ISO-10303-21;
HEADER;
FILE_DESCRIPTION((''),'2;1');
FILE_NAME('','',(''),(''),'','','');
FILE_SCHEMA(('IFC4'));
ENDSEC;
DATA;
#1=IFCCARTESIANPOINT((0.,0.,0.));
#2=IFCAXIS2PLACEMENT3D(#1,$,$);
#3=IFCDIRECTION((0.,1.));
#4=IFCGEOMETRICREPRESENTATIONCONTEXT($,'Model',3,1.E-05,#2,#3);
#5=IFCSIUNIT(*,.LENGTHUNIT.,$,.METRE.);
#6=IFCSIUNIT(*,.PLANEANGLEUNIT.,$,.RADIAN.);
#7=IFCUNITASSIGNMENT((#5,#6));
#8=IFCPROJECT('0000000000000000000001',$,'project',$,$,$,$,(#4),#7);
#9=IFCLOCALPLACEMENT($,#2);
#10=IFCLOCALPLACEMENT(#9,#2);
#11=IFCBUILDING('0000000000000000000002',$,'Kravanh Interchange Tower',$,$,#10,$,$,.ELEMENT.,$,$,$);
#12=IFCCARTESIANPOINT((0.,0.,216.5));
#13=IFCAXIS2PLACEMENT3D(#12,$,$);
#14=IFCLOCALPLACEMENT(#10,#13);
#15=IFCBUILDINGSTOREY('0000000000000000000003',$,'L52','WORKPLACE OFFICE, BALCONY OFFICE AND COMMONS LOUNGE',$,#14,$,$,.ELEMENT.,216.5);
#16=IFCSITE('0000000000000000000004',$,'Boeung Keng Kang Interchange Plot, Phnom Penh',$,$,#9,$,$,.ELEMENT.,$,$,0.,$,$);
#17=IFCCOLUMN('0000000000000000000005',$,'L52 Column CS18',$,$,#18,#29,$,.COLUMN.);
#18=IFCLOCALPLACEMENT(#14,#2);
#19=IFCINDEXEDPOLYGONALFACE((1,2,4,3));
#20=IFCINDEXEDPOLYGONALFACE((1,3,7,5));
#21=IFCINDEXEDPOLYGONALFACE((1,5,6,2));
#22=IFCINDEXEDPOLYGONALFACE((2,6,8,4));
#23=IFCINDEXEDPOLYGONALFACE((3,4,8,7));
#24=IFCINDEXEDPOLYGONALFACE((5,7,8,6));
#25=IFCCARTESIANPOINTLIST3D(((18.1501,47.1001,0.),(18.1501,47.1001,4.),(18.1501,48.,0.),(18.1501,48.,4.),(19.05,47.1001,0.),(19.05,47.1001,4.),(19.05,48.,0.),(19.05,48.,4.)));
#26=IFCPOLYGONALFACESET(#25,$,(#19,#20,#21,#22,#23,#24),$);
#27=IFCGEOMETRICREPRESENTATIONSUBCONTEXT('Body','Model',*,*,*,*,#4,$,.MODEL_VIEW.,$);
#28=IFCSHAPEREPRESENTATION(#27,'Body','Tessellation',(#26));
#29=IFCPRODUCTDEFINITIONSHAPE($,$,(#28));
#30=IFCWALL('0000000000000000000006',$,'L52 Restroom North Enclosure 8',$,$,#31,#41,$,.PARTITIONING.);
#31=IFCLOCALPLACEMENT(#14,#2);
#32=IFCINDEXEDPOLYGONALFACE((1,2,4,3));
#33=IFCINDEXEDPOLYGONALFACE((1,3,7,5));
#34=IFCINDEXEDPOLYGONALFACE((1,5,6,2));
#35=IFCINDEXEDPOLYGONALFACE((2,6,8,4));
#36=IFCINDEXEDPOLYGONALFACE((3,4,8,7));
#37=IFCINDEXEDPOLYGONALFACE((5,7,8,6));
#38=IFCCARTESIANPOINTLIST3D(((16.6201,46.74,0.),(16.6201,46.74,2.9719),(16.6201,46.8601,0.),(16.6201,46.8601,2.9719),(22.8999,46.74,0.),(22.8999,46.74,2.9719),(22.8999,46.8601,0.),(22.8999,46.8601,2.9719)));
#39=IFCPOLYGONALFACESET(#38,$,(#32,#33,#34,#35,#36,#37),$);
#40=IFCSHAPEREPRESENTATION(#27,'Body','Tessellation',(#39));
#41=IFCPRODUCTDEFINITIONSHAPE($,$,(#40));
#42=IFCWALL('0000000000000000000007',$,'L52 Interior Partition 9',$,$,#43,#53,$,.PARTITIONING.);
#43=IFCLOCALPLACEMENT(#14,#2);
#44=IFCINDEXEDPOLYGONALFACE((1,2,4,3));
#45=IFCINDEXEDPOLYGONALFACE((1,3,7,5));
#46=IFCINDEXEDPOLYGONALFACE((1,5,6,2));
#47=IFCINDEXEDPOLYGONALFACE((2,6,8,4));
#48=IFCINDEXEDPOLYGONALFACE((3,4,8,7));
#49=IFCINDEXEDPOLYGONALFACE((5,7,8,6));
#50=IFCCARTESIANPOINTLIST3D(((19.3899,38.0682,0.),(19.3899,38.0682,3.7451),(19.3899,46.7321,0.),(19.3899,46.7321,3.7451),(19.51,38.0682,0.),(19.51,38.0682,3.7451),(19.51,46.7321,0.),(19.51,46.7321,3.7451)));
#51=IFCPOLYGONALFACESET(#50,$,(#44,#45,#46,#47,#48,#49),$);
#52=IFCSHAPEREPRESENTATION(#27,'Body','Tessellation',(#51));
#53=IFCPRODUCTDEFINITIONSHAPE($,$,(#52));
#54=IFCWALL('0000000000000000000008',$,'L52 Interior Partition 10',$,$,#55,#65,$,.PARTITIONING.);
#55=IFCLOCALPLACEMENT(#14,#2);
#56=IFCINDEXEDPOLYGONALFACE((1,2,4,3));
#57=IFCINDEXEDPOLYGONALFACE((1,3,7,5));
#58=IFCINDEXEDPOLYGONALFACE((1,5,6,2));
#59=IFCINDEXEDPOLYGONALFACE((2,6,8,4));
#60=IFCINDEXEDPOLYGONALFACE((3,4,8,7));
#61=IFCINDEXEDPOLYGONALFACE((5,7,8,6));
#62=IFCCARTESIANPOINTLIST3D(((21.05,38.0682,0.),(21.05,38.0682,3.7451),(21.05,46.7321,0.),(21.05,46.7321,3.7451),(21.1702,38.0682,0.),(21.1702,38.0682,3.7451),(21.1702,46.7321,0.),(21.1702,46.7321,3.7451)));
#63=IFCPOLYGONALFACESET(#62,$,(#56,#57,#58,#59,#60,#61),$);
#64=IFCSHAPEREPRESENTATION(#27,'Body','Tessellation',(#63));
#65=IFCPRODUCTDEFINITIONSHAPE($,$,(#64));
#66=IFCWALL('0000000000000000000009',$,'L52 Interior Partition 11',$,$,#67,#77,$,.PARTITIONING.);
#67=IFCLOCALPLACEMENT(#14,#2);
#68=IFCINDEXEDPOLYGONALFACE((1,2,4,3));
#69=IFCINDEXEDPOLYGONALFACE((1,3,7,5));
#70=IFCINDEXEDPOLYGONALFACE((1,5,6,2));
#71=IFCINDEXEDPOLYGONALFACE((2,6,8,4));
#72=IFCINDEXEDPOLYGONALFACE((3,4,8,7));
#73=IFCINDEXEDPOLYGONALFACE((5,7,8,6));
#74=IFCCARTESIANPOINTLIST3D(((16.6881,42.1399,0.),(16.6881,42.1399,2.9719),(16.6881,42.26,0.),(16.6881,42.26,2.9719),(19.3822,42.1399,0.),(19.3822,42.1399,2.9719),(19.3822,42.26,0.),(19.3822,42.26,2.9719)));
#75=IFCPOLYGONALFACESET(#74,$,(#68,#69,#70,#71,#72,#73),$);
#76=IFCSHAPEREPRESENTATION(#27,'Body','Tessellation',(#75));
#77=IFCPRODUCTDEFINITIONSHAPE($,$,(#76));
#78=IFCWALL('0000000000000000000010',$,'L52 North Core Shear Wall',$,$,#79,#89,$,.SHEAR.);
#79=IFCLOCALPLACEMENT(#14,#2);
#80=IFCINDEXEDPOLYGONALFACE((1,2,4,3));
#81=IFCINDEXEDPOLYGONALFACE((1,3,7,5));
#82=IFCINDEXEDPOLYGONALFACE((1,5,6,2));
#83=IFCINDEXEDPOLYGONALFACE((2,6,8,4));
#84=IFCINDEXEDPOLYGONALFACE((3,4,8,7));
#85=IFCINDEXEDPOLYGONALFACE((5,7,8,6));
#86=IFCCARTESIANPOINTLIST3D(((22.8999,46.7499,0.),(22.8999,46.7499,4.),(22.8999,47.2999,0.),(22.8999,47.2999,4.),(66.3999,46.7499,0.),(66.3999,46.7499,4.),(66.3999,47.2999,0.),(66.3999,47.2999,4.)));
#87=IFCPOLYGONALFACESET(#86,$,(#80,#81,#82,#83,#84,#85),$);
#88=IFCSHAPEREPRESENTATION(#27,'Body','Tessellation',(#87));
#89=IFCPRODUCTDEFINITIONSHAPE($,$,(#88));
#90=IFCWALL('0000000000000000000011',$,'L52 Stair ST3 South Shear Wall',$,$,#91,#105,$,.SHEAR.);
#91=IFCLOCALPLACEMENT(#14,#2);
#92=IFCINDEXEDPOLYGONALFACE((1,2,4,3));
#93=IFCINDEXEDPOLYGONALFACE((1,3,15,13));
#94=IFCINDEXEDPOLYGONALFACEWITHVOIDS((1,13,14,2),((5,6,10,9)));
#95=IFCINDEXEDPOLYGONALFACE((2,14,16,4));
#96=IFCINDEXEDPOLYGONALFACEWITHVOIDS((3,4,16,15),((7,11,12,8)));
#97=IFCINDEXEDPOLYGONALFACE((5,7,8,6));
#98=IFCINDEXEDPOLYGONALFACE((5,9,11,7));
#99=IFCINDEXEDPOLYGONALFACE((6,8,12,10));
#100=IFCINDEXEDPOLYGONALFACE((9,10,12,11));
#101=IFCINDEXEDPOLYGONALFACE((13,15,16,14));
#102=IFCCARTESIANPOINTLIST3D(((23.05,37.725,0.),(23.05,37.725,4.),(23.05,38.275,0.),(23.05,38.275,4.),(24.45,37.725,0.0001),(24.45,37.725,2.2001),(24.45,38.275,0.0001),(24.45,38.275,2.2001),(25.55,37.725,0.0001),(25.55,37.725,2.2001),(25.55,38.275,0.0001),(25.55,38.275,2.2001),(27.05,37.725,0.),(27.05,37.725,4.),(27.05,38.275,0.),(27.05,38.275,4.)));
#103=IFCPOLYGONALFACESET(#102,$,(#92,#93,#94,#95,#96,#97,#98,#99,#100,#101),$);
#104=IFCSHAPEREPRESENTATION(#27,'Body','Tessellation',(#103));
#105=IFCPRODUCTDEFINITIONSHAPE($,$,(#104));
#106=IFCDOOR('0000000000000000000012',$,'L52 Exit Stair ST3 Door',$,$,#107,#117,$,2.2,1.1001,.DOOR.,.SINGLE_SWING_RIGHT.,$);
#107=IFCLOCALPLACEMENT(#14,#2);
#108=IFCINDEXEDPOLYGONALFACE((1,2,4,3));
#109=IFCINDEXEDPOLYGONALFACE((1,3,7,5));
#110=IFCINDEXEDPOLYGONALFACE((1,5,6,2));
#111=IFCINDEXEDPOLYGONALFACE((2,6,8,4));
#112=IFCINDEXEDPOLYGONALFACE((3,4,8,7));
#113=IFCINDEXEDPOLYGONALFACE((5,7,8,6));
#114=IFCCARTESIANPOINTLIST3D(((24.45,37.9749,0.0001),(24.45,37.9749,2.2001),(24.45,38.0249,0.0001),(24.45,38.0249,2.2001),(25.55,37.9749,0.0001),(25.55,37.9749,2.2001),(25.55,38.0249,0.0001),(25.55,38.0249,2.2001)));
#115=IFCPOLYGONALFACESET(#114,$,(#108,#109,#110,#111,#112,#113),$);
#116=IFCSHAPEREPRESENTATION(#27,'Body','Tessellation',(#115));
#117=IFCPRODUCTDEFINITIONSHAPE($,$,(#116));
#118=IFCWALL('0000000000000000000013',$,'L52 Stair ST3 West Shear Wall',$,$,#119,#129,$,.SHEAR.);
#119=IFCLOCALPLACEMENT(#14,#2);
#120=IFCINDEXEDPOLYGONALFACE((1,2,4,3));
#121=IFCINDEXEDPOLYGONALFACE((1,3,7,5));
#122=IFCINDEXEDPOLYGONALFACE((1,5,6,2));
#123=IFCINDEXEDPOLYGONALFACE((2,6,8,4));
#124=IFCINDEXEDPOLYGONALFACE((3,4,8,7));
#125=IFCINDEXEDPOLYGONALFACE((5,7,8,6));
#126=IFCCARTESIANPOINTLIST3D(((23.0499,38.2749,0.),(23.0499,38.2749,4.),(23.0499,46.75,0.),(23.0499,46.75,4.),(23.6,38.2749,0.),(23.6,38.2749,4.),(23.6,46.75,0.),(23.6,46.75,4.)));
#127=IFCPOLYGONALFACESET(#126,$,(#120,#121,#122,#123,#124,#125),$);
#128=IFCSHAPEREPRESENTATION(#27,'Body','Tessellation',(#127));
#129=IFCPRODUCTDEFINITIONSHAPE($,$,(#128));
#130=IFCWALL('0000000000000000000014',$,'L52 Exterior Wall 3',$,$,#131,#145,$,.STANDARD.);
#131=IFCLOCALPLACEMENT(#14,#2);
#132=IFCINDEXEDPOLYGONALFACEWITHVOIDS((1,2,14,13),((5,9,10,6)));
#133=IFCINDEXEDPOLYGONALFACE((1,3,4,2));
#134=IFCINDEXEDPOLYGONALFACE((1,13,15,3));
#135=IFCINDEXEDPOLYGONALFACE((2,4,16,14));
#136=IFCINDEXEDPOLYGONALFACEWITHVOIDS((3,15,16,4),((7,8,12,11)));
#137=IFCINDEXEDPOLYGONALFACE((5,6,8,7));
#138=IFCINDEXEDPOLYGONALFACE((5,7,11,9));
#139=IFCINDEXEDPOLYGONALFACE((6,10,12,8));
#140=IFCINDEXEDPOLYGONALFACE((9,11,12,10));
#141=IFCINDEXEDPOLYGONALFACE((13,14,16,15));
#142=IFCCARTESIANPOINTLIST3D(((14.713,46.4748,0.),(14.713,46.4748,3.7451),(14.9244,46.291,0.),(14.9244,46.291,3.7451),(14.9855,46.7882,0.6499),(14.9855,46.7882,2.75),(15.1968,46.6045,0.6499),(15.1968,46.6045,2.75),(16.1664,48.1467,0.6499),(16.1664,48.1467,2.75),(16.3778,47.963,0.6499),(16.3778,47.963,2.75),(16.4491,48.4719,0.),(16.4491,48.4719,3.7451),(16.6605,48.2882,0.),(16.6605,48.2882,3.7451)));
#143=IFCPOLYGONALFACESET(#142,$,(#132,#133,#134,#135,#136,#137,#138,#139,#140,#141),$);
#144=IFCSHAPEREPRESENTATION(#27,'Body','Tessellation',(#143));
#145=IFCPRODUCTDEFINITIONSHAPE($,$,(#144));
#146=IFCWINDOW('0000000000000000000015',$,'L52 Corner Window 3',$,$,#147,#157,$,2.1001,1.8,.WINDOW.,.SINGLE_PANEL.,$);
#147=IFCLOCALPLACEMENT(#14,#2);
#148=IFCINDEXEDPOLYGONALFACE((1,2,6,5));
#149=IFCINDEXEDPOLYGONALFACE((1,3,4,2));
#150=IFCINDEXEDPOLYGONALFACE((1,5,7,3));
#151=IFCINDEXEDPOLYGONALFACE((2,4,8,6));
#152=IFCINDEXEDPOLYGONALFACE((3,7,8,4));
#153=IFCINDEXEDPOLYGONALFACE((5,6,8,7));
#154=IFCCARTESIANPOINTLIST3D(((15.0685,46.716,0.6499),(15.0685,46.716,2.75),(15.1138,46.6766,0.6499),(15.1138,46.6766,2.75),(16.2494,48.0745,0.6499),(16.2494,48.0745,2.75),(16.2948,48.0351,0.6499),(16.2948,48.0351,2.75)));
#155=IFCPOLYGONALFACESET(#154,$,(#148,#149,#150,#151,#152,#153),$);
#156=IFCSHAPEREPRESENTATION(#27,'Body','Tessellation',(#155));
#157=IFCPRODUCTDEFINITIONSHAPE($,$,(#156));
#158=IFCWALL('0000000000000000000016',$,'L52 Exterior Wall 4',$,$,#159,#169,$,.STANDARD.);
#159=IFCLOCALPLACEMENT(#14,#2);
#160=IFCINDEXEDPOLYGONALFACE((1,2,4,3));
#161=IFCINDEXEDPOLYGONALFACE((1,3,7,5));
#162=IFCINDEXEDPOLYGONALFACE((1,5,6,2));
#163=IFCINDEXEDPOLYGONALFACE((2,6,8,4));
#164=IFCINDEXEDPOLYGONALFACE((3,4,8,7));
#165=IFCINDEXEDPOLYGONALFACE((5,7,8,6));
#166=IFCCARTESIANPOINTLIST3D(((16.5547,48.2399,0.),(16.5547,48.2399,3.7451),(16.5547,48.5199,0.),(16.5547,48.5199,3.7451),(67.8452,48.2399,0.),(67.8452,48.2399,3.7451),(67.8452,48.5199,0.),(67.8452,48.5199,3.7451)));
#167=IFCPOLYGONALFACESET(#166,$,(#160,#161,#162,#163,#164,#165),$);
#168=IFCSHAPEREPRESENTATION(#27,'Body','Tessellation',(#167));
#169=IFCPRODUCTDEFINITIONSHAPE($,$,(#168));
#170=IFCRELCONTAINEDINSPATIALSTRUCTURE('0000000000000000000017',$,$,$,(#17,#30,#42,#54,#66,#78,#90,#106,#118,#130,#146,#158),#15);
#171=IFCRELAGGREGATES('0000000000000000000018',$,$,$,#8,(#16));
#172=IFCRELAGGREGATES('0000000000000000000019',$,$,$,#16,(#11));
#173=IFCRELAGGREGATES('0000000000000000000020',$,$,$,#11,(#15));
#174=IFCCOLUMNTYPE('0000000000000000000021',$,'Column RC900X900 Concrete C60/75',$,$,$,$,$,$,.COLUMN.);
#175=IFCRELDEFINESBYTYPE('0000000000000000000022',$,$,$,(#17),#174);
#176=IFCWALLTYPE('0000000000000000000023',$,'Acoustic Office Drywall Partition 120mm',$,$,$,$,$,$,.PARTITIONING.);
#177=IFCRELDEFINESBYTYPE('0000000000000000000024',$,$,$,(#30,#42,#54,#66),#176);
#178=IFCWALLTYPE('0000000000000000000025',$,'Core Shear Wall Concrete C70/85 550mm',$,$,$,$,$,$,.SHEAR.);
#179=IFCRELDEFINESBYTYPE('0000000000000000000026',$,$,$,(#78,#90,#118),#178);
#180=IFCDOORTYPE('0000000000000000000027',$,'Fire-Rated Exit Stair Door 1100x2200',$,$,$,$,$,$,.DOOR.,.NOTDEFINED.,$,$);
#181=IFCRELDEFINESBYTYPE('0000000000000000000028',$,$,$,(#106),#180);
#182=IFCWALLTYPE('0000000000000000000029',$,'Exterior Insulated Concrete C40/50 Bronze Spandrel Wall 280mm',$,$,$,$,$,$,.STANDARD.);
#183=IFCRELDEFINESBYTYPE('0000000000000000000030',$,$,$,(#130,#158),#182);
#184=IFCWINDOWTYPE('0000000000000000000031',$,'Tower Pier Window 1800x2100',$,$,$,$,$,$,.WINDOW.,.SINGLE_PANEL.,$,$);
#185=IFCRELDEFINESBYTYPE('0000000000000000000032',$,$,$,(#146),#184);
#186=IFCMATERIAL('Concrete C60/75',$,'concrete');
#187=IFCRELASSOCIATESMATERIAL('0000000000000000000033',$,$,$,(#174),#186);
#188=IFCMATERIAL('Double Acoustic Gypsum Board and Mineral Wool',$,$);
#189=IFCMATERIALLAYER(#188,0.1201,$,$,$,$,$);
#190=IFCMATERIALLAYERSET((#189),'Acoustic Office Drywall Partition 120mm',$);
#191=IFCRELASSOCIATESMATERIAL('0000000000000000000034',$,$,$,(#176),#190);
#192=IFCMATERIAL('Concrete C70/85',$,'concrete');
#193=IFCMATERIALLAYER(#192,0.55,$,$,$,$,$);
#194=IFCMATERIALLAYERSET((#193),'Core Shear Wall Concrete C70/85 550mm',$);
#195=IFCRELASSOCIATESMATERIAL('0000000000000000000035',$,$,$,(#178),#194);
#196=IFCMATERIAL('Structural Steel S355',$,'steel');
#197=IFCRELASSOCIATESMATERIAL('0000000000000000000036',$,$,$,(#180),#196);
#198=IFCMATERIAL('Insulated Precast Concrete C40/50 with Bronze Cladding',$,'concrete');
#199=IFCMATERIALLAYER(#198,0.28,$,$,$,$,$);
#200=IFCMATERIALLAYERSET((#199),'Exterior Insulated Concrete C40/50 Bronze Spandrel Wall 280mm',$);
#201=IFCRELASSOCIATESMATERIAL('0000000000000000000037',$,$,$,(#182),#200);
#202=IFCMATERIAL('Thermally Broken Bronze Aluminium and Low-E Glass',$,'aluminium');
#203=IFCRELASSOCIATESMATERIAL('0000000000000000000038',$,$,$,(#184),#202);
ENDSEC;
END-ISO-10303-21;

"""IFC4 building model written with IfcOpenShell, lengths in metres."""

from ifc_helpers import new_model, si_unit, direction, frame, frame_2d, origin, origin_2d, place, context, subcontext, project, spatial, rectangle, extrude, material, layer, layer_set, material_profile, profile_set, type_object, element, fill, save


model = new_model("IFC4")

# Units and contexts
model_context = context("Model", 3, precision=1e-05, world=origin(), true_north=direction((0.0, 1.0)))
body_context = subcontext(model_context, "Body", "Model", "MODEL_VIEW")
ifc_project = project(units=[si_unit("LENGTHUNIT", "METRE"), si_unit("PLANEANGLEUNIT", "RADIAN")], contexts=[model_context])

# Site, building, storey
site_placement = place(None, origin())
site = spatial("IfcSite", under=ifc_project, at=site_placement, Name="Boeung Keng Kang Interchange Plot, Phnom Penh", CompositionType="ELEMENT", RefElevation=0.0)
building_placement = place(site_placement, origin())
building = spatial("IfcBuilding", under=site, at=building_placement, Name="Kravanh Interchange Tower", CompositionType="ELEMENT")
storey_placement = place(building_placement, frame((0.0, 0.0, 216.5)))
storey = spatial("IfcBuildingStorey", under=building, at=storey_placement, Name="L52", Description="WORKPLACE OFFICE, BALCONY OFFICE AND COMMONS LOUNGE", CompositionType="ELEMENT", Elevation=216.5)

# Column
ifc_material_1 = material(Name="Concrete C60/75", Category="concrete")
ifc_material_profile = material_profile(ifc_material_1, rectangle(XDim=0.8999, YDim=0.8999, at=origin_2d()), Name="RC900X900")
ifc_profile_set = profile_set([ifc_material_profile], Name="Concrete C60/75")
column_type = type_object("IfcColumnType", Name="Column RC900X900 Concrete C60/75", PredefinedType="COLUMN", material=ifc_profile_set)
column_placement = place(storey_placement, frame((18.6001, 47.55, 0.0), z_axis=(0.0, 0.0, 1.0), x_axis=(1.0, 0.0, 0.0)))
element("IfcColumn", 1, at=column_placement, inside=storey, type_object=column_type, Name="L52 Column CS18", PredefinedType="COLUMN", context=body_context, shape_type="SweptSolid", body=[
    extrude(rectangle(XDim=0.8999, YDim=0.8999, at=origin_2d()), origin(), (0.0, 0.0, 1.0), 4.0),
])

# Walls
ifc_material_2 = material(Name="Double Acoustic Gypsum Board and Mineral Wool")
ifc_layer_1 = layer(ifc_material_2, 0.1201)
ifc_layer_set_1 = layer_set([ifc_layer_1], Name="Acoustic Office Drywall Partition 120mm")
wall_type_1 = type_object("IfcWallType", Name="Acoustic Office Drywall Partition 120mm", PredefinedType="PARTITIONING", material=ifc_layer_set_1)
wall_1_placement = place(storey_placement, frame((16.6201, 46.8, 0.0), z_axis=(0.0, 0.0, 1.0), x_axis=(1.0, 0.0, 0.0)))
element("IfcWall", 2, at=wall_1_placement, inside=storey, type_object=wall_type_1, Name="L52 Restroom North Enclosure 8", PredefinedType="PARTITIONING", context=body_context, shape_type="SweptSolid", body=[
    extrude(rectangle(XDim=6.2798, YDim=0.1201, at=frame_2d((3.1399, 0.0))), origin(), (0.0, 0.0, 1.0), 2.9719),
])
for number, where, z_axis, x_axis, name in (
    (3, (19.45, 38.0681, 0.0), (0.0, 0.0, 1.0), (0.0, 1.0, 0.0), "L52 Interior Partition 9"),
    (4, (21.1101, 38.0681, 0.0), (0.0, 0.0, 1.0), (0.0, 1.0, 0.0), "L52 Interior Partition 10"),
):
    element("IfcWall", number, at=place(storey_placement, frame(where, z_axis=z_axis, x_axis=x_axis)), inside=storey, type_object=wall_type_1, Name=name, PredefinedType="PARTITIONING", context=body_context, shape_type="SweptSolid", body=[
        extrude(rectangle(XDim=8.6638, YDim=0.1201, at=frame_2d((4.332, 0.0))), origin(), (0.0, 0.0, 1.0), 3.7451),
    ])
wall_2_placement = place(storey_placement, frame((16.688, 42.2, 0.0), z_axis=(0.0, 0.0, 1.0), x_axis=(1.0, 0.0, 0.0)))
element("IfcWall", 5, at=wall_2_placement, inside=storey, type_object=wall_type_1, Name="L52 Interior Partition 11", PredefinedType="PARTITIONING", context=body_context, shape_type="SweptSolid", body=[
    extrude(rectangle(XDim=2.6941, YDim=0.1201, at=frame_2d((1.3472, 0.0))), origin(), (0.0, 0.0, 1.0), 2.9719),
])
ifc_material_3 = material(Name="Concrete C70/85", Category="concrete")
ifc_layer_2 = layer(ifc_material_3, 0.55)
ifc_layer_set_2 = layer_set([ifc_layer_2], Name="Core Shear Wall Concrete C70/85 550mm")
wall_type_2 = type_object("IfcWallType", Name="Core Shear Wall Concrete C70/85 550mm", PredefinedType="SHEAR", material=ifc_layer_set_2)
wall_3_placement = place(storey_placement, frame((22.8999, 47.0249, 0.0), z_axis=(0.0, 0.0, 1.0), x_axis=(1.0, 0.0, 0.0)))
element("IfcWall", 6, at=wall_3_placement, inside=storey, type_object=wall_type_2, Name="L52 North Core Shear Wall", PredefinedType="SHEAR", context=body_context, shape_type="SweptSolid", body=[
    extrude(rectangle(XDim=43.5, YDim=0.55, at=frame_2d((21.75, 0.0))), origin(), (0.0, 0.0, 1.0), 4.0),
])

# Wall, opening, door
wall_4_placement = place(storey_placement, frame((23.05, 38.0, 0.0), z_axis=(0.0, 0.0, 1.0), x_axis=(1.0, 0.0, 0.0)))
wall_4 = element("IfcWall", 7, at=wall_4_placement, inside=storey, type_object=wall_type_2, Name="L52 Stair ST3 South Shear Wall", PredefinedType="SHEAR", context=body_context, shape_type="SweptSolid", body=[
    extrude(rectangle(XDim=4.0, YDim=0.55, at=frame_2d((2.0, 0.0))), origin(), (0.0, 0.0, 1.0), 4.0),
])
opening_1_placement = place(wall_4_placement, frame((1.3999, 0.0, 0.0)))
opening_1 = element("IfcOpeningElement", 8, at=opening_1_placement, cuts=wall_4, PredefinedType="OPENING", context=body_context, shape_type="SweptSolid", body=[
    extrude(rectangle(XDim=1.1001, YDim=2.2, at=frame_2d((0.55, 1.1001))), frame((0.0, 0.2852, 0.0), z_axis=(0.0, -1.0, 0.0), x_axis=(1.0, 0.0, 0.0)), (0.0, 0.0, 1.0), 0.5701),
])
ifc_material_4 = material(Name="Structural Steel S355", Category="steel")
door_type = type_object("IfcDoorType", Name="Fire-Rated Exit Stair Door 1100x2200", OperationType="NOTDEFINED", PredefinedType="DOOR", material=ifc_material_4)
door_placement = place(opening_1_placement, origin())
door = element("IfcDoor", 9, at=door_placement, inside=storey, type_object=door_type, Name="L52 Exit Stair ST3 Door", OperationType="SINGLE_SWING_RIGHT", OverallHeight=2.2, OverallWidth=1.1001, PredefinedType="DOOR", context=body_context, shape_type="SweptSolid", body=[
    extrude(rectangle(XDim=1.1001, YDim=2.2, at=frame_2d((0.55, 1.1001))), frame((0.0, 0.0249, 0.0), z_axis=(0.0, -1.0, 0.0), x_axis=(1.0, 0.0, 0.0)), (0.0, 0.0, 1.0), 0.05),
])
fill(opening_1, door)

# Wall
wall_5_placement = place(storey_placement, frame((23.325, 38.2749, 0.0), z_axis=(0.0, 0.0, 1.0), x_axis=(0.0, 1.0, 0.0)))
element("IfcWall", 10, at=wall_5_placement, inside=storey, type_object=wall_type_2, Name="L52 Stair ST3 West Shear Wall", PredefinedType="SHEAR", context=body_context, shape_type="SweptSolid", body=[
    extrude(rectangle(XDim=8.4751, YDim=0.55, at=frame_2d((4.2375, 0.0))), origin(), (0.0, 0.0, 1.0), 4.0),
])

# Wall, opening, window
ifc_material_5 = material(Name="Insulated Precast Concrete C40/50 with Bronze Cladding", Category="concrete")
ifc_layer_3 = layer(ifc_material_5, 0.28)
ifc_layer_set_3 = layer_set([ifc_layer_3], Name="Exterior Insulated Concrete C40/50 Bronze Spandrel Wall 280mm")
wall_type_3 = type_object("IfcWallType", Name="Exterior Insulated Concrete C40/50 Bronze Spandrel Wall 280mm", PredefinedType="STANDARD", material=ifc_layer_set_3)
wall_6_placement = place(storey_placement, frame((14.8186, 46.3828, 0.0), z_axis=(0.0, 0.0, 1.0), x_axis=(0.656071, 0.754699, 0.0)))
wall_6 = element("IfcWall", 11, at=wall_6_placement, inside=storey, type_object=wall_type_3, Name="L52 Exterior Wall 3", PredefinedType="STANDARD", context=body_context, shape_type="SweptSolid", body=[
    extrude(rectangle(XDim=2.6462, YDim=0.28, at=frame_2d((1.3232, 0.0))), origin(), (0.0, 0.0, 1.0), 3.7451),
])
opening_2_placement = place(wall_6_placement, frame((0.4155, 0.0, 0.6499)))
opening_2 = element("IfcOpeningElement", 12, at=opening_2_placement, cuts=wall_6, PredefinedType="OPENING", context=body_context, shape_type="SweptSolid", body=[
    extrude(rectangle(XDim=1.8, YDim=2.1001, at=frame_2d((0.8999, 1.05))), frame((0.0, 0.1499, 0.0), z_axis=(0.0, -1.0, 0.0), x_axis=(1.0, 0.0, 0.0)), (0.0, 0.0, 1.0), 0.3),
])
ifc_material_6 = material(Name="Thermally Broken Bronze Aluminium and Low-E Glass", Category="aluminium")
window_type = type_object("IfcWindowType", Name="Tower Pier Window 1800x2100", PartitioningType="SINGLE_PANEL", PredefinedType="WINDOW", material=ifc_material_6)
window_placement = place(opening_2_placement, origin())
window = element("IfcWindow", 13, at=window_placement, inside=storey, type_object=window_type, Name="L52 Corner Window 3", OverallHeight=2.1001, OverallWidth=1.8, PartitioningType="SINGLE_PANEL", PredefinedType="WINDOW", context=body_context, shape_type="SweptSolid", body=[
    extrude(rectangle(XDim=1.8, YDim=2.1001, at=frame_2d((0.8999, 1.05))), frame((0.0, 0.03, 0.0), z_axis=(0.0, -1.0, 0.0), x_axis=(1.0, 0.0, 0.0)), (0.0, 0.0, 1.0), 0.0601),
])
fill(opening_2, window)

# Wall
wall_7_placement = place(storey_placement, frame((16.5547, 48.3799, 0.0), z_axis=(0.0, 0.0, 1.0), x_axis=(1.0, 0.0, 0.0)))
element("IfcWall", 14, at=wall_7_placement, inside=storey, type_object=wall_type_3, Name="L52 Exterior Wall 4", PredefinedType="STANDARD", context=body_context, shape_type="SweptSolid", body=[
    extrude(rectangle(XDim=51.2905, YDim=0.28, at=frame_2d((25.6453, 0.0))), origin(), (0.0, 0.0, 1.0), 3.7451),
])

save(model, "model.ifc")
